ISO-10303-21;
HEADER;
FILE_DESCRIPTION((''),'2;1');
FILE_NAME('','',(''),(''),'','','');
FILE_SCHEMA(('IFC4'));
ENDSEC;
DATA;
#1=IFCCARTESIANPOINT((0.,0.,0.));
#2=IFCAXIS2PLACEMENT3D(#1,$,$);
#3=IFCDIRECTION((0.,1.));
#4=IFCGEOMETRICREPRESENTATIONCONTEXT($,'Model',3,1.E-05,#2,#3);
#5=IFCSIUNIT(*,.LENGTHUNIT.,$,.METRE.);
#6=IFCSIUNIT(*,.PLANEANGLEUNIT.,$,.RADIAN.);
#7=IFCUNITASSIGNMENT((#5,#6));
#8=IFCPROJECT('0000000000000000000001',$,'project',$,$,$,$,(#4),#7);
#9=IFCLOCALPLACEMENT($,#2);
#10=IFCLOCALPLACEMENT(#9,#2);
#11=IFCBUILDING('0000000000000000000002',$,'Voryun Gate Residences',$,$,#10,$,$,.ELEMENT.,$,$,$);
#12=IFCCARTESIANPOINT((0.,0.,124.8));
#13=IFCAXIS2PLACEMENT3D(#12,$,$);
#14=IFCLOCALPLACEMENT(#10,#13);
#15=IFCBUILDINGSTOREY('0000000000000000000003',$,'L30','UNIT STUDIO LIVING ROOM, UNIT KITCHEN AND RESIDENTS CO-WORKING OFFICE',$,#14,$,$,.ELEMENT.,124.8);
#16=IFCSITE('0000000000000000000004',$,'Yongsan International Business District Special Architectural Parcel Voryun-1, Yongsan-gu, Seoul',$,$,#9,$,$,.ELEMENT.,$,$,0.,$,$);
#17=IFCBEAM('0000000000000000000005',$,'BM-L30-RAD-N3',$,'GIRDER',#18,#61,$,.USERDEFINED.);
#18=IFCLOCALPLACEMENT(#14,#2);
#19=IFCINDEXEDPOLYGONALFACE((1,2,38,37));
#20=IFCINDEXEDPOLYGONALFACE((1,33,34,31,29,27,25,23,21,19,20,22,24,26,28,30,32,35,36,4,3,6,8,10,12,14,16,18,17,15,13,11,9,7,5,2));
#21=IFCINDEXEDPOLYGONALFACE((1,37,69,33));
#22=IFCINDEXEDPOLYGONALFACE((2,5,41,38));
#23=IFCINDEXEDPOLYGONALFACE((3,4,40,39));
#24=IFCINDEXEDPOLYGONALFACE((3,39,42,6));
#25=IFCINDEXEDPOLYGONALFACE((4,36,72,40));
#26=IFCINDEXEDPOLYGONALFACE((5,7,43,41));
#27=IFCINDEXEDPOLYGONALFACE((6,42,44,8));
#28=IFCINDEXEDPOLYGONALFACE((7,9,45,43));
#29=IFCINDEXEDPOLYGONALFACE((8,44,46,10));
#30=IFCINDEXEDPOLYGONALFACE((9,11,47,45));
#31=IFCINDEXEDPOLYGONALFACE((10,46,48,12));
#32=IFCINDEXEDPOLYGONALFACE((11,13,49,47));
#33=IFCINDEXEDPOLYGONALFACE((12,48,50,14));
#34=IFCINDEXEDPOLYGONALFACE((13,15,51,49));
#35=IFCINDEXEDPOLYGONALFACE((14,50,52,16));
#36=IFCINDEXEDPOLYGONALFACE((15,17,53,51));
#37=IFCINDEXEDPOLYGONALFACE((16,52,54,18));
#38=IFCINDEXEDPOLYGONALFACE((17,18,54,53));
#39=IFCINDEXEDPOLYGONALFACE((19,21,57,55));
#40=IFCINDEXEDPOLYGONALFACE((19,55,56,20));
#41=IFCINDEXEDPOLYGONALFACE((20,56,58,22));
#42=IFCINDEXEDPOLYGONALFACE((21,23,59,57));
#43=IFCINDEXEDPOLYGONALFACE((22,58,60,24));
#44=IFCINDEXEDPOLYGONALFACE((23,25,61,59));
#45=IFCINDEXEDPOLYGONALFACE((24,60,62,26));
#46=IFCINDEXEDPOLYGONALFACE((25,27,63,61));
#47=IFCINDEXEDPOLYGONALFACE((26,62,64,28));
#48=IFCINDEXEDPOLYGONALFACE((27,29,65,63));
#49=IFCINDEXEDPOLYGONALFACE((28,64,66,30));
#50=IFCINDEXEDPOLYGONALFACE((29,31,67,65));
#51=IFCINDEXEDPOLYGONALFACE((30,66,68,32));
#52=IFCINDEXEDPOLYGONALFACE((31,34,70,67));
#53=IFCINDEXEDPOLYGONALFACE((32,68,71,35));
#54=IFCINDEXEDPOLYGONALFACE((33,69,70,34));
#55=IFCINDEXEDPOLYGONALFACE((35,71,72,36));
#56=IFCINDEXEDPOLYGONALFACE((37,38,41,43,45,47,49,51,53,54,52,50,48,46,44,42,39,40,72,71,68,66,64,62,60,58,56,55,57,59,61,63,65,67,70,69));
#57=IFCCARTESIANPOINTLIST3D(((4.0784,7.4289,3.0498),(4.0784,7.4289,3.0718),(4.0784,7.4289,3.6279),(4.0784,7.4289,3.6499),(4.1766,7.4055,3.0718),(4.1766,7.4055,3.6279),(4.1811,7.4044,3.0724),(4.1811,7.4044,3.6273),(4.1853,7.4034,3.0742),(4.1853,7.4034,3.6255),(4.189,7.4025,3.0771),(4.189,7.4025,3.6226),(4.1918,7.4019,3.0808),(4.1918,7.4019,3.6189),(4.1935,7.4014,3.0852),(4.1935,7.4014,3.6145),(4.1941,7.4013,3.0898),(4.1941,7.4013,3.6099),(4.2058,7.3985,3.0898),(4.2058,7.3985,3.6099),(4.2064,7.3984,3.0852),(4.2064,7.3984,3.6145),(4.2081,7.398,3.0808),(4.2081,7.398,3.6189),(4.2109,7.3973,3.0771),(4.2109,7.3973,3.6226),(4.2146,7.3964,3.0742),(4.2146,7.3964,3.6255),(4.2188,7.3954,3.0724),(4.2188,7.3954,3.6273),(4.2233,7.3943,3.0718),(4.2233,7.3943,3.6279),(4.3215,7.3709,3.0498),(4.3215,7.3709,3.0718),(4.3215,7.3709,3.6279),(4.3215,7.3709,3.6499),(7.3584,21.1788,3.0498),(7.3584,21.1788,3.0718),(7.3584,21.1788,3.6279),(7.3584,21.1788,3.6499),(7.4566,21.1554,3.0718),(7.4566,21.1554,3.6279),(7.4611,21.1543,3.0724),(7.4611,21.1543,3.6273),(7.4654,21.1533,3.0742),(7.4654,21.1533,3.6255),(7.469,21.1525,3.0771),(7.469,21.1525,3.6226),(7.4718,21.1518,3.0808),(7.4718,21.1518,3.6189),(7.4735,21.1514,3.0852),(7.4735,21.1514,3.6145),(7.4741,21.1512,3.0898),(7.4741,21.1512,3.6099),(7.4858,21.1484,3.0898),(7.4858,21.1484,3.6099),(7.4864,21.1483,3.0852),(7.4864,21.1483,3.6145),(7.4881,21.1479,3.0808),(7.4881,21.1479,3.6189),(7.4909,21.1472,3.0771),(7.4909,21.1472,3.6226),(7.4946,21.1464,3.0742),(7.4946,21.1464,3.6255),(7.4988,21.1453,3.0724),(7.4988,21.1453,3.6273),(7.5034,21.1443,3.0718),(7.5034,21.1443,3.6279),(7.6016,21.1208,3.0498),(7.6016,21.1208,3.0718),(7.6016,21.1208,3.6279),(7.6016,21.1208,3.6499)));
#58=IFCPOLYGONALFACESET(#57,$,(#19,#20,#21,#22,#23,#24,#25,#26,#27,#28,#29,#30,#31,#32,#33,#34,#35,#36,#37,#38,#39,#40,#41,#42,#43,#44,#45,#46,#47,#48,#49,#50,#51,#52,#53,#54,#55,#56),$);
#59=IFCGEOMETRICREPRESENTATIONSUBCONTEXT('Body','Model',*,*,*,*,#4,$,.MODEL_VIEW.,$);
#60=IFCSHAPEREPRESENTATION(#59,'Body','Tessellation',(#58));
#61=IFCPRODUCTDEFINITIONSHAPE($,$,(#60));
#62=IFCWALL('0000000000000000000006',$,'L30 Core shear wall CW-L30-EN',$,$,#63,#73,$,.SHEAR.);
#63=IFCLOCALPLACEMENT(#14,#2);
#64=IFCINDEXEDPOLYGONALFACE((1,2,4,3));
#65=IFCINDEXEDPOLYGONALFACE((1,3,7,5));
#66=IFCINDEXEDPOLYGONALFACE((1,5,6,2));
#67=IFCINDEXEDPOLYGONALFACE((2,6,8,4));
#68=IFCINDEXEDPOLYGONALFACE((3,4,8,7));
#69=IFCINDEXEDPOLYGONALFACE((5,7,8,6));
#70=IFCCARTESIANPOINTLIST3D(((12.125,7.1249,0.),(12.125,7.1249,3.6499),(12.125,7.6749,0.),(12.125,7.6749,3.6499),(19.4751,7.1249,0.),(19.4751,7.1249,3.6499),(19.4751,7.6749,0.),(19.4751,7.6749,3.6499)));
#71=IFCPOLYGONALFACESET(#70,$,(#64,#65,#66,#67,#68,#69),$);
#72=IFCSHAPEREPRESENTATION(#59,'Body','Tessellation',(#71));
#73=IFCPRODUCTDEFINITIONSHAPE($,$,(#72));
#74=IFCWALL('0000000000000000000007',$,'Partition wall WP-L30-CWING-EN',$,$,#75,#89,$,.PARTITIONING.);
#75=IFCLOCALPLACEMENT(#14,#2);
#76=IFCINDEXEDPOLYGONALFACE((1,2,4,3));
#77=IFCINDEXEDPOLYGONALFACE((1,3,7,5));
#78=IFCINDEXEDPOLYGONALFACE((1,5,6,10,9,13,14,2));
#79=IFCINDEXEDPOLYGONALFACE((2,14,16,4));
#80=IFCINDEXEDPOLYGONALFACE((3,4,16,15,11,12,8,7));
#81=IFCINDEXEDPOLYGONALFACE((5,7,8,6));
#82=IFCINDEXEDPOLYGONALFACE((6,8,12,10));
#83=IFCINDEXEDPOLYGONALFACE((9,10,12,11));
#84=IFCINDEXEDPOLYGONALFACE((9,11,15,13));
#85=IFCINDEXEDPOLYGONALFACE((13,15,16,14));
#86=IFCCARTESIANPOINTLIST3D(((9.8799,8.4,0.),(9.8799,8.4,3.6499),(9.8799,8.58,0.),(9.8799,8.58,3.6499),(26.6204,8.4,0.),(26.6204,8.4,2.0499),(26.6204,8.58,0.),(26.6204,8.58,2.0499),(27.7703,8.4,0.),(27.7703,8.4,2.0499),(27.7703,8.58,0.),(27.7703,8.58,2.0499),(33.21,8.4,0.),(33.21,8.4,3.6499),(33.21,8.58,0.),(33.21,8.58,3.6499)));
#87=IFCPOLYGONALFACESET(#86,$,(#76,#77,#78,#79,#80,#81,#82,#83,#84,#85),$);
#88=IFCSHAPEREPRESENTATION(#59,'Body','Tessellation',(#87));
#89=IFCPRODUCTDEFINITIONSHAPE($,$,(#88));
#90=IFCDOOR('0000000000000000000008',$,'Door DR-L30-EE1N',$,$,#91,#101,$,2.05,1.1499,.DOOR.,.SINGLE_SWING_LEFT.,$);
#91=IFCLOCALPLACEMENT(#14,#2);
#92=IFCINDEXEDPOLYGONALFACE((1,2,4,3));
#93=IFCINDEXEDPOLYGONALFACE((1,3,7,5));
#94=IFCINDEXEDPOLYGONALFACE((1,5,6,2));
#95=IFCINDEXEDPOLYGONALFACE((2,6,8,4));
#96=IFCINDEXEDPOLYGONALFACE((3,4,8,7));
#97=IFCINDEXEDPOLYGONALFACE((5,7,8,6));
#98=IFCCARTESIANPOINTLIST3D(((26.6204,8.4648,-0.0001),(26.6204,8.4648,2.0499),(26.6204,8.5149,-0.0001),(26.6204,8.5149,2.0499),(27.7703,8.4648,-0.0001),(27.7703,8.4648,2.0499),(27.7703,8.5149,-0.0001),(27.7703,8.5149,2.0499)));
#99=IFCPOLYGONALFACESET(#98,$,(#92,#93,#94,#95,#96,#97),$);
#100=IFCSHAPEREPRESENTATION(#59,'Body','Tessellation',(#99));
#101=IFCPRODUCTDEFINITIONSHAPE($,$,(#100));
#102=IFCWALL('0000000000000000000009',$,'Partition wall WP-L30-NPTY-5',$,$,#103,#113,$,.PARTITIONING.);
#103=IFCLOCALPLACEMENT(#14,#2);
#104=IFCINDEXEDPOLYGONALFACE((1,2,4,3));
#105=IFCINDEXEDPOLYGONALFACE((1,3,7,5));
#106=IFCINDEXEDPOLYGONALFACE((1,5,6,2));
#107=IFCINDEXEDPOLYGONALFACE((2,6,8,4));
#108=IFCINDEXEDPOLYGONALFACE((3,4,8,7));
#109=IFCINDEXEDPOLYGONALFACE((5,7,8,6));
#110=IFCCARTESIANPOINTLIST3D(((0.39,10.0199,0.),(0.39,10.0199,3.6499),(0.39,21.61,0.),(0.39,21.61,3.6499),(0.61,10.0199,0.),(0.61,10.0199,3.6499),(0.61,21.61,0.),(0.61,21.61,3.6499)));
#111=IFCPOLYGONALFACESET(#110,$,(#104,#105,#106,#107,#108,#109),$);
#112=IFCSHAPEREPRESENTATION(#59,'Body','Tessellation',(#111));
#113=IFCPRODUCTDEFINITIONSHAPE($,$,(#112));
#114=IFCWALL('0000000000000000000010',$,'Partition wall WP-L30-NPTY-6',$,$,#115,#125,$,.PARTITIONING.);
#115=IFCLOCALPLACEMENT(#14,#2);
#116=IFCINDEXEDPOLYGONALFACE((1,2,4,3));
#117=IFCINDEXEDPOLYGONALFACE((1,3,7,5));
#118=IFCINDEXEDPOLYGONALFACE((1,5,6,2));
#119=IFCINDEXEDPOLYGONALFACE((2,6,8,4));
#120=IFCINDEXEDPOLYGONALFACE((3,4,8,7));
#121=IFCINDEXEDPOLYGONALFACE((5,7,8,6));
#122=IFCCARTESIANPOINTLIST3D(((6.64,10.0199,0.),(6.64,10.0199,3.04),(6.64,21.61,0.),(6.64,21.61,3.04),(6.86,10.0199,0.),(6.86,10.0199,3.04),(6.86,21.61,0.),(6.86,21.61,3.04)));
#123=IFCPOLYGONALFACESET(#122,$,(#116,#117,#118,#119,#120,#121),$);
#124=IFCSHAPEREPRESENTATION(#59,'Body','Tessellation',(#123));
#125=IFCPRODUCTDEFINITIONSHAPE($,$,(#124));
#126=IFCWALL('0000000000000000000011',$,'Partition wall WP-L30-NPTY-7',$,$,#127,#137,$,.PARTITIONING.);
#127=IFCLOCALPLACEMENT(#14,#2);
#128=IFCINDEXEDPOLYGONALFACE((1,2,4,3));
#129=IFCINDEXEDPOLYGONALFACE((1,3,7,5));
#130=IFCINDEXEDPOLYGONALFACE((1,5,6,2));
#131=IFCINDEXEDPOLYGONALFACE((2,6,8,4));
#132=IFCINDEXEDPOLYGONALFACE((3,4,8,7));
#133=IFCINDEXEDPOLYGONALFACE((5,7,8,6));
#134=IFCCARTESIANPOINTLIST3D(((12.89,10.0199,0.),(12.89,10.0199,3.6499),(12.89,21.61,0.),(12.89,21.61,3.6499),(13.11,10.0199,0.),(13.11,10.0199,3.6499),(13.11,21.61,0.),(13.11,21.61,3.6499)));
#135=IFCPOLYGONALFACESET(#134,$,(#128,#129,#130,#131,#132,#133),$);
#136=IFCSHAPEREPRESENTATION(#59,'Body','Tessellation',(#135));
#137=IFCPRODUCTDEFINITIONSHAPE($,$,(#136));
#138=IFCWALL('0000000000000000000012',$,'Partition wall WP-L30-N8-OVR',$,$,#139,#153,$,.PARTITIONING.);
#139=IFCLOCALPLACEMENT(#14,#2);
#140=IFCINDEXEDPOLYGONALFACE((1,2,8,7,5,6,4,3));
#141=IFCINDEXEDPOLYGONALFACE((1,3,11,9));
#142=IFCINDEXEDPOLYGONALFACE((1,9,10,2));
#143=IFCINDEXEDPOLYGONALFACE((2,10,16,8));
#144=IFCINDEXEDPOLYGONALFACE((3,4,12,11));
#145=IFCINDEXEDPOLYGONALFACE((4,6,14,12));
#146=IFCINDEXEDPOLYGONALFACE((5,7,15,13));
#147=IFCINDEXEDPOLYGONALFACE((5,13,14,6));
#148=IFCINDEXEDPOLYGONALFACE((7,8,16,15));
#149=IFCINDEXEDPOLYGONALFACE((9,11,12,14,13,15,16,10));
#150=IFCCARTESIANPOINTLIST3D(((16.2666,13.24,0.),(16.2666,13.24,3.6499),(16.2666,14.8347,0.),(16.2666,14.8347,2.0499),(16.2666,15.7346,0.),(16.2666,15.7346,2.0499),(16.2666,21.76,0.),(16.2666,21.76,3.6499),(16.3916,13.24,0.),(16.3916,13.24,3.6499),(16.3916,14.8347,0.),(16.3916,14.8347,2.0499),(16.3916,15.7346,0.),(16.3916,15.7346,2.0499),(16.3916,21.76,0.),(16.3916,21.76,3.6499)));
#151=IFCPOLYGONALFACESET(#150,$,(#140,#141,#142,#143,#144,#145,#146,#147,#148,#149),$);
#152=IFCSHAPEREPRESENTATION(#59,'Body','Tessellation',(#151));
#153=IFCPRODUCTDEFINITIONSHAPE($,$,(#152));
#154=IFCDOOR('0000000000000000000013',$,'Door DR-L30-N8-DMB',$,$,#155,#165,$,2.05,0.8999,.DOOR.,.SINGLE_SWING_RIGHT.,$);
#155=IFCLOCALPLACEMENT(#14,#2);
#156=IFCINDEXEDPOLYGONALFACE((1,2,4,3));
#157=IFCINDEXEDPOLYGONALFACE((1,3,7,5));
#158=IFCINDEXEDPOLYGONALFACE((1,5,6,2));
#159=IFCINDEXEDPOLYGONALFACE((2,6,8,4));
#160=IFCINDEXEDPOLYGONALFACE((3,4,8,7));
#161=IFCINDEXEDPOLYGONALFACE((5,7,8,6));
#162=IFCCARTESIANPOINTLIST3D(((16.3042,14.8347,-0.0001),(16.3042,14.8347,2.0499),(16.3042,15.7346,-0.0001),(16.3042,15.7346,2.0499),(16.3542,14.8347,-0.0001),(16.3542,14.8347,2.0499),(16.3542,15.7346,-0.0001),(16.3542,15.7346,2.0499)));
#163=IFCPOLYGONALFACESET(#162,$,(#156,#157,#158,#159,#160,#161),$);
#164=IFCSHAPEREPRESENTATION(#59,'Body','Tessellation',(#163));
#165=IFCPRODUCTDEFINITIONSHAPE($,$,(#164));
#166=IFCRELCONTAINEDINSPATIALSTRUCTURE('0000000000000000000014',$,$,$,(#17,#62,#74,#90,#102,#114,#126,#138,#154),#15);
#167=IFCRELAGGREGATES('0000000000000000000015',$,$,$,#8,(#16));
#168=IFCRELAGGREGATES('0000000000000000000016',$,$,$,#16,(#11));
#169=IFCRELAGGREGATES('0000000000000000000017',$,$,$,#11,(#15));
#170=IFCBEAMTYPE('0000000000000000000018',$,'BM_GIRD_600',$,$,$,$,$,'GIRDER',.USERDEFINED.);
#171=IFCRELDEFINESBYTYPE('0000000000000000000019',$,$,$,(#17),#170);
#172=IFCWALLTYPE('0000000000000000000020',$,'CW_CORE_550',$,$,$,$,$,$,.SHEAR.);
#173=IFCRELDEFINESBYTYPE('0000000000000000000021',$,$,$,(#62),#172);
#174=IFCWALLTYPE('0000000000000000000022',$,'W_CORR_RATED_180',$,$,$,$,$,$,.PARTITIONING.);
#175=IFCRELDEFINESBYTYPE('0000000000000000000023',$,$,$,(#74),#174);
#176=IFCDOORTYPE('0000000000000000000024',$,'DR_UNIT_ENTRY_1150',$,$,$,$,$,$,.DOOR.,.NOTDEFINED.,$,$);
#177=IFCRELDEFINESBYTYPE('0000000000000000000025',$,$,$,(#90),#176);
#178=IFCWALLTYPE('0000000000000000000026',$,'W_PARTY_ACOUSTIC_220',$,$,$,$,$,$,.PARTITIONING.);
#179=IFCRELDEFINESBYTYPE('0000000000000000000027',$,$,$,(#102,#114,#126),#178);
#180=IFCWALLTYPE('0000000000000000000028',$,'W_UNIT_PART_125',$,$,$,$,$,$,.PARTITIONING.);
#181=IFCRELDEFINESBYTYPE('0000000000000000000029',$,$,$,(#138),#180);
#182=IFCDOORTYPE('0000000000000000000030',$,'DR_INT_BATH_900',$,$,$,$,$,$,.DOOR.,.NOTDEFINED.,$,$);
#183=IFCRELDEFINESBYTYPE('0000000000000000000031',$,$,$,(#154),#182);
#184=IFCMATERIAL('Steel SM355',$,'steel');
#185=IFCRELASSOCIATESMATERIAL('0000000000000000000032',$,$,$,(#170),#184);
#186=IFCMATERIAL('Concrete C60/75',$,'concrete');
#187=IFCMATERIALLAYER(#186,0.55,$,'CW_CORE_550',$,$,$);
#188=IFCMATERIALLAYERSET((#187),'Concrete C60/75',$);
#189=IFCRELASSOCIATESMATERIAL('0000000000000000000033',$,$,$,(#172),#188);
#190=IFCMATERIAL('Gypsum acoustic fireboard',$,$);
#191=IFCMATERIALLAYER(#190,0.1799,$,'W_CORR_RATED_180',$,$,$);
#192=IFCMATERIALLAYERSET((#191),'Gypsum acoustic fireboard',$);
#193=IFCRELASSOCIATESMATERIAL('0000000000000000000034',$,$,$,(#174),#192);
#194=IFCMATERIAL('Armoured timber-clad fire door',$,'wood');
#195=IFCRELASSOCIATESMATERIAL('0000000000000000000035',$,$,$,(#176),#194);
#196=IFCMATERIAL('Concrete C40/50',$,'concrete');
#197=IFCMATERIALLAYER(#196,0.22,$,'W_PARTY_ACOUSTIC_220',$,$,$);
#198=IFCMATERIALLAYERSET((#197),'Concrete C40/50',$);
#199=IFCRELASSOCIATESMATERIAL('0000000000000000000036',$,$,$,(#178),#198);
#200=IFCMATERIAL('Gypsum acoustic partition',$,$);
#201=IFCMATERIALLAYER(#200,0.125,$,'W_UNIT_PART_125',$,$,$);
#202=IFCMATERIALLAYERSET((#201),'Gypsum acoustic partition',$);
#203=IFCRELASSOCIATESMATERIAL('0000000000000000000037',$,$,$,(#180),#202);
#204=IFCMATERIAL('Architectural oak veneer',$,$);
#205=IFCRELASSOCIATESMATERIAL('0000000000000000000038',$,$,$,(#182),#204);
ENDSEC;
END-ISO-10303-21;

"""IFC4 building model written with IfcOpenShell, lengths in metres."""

from ifc_helpers import new_model, si_unit, direction, frame, frame_2d, origin, origin_2d, place, context, subcontext, project, spatial, rectangle, i_section, extrude, material, layer, layer_set, material_profile, profile_set, type_object, element, fill, save


model = new_model("IFC4")

# Units and contexts
model_context = context("Model", 3, precision=1e-05, world=origin(), true_north=direction((0.0, 1.0)))
body_context = subcontext(model_context, "Body", "Model", "MODEL_VIEW")
ifc_project = project(units=[si_unit("LENGTHUNIT", "METRE"), si_unit("PLANEANGLEUNIT", "RADIAN")], contexts=[model_context])

# Site, building, storey
site_placement = place(None, origin())
site = spatial("IfcSite", under=ifc_project, at=site_placement, Name="Yongsan International Business District Special Architectural Parcel Voryun-1, Yongsan-gu, Seoul", CompositionType="ELEMENT", RefElevation=0.0)
building_placement = place(site_placement, origin())
building = spatial("IfcBuilding", under=site, at=building_placement, Name="Voryun Gate Residences", CompositionType="ELEMENT")
storey_placement = place(building_placement, frame((0.0, 0.0, 124.8)))
storey = spatial("IfcBuildingStorey", under=building, at=storey_placement, Name="L30", Description="UNIT STUDIO LIVING ROOM, UNIT KITCHEN AND RESIDENTS CO-WORKING OFFICE", CompositionType="ELEMENT", Elevation=124.8)

# Beam
ifc_material_1 = material(Name="Steel SM355", Category="steel")
ifc_material_profile_1 = material_profile(ifc_material_1, i_section(OverallWidth=0.25, OverallDepth=0.6001, WebThickness=0.012, FlangeThickness=0.022, FilletRadius=0.0181, at=origin_2d()), Name="H-600x250x12x22")
ifc_profile_set_1 = profile_set([ifc_material_profile_1], Name="Steel SM355")
beam_type_1 = type_object("IfcBeamType", Name="BM_GIRD_600", ElementType="GIRDER", PredefinedType="USERDEFINED", material=ifc_profile_set_1)
beam_1_placement = place(storey_placement, frame((4.2, 7.3999, 3.3499), z_axis=(0.232037, 0.972707, 0.0), x_axis=(-0.972707, 0.232037, 0.0)))
element("IfcBeam", 1, at=beam_1_placement, inside=storey, type_object=beam_type_1, Name="BM-L30-RAD-N3", ObjectType="GIRDER", PredefinedType="USERDEFINED", context=body_context, shape_type="SweptSolid", body=[
    extrude(i_section(OverallWidth=0.25, OverallDepth=0.6001, WebThickness=0.012, FlangeThickness=0.022, FilletRadius=0.0181, at=origin_2d()), origin(), (0.0, 0.0, 1.0), 14.1357),
])

# Wall
ifc_material_2 = material(Name="Concrete C60/75", Category="concrete")
ifc_layer_1 = layer(ifc_material_2, 0.55, Name="CW_CORE_550")
ifc_layer_set_1 = layer_set([ifc_layer_1], Name="Concrete C60/75")
wall_type_1 = type_object("IfcWallType", Name="CW_CORE_550", PredefinedType="SHEAR", material=ifc_layer_set_1)
wall_1_placement = place(storey_placement, frame((12.125, 7.3999, 0.0), z_axis=(0.0, 0.0, 1.0), x_axis=(1.0, 0.0, 0.0)))
element("IfcWall", 2, at=wall_1_placement, inside=storey, type_object=wall_type_1, Name="L30 Core shear wall CW-L30-EN", PredefinedType="SHEAR", context=body_context, shape_type="SweptSolid", body=[
    extrude(rectangle(XDim=7.3501, YDim=0.55, at=frame_2d((3.675, 0.0))), origin(), (0.0, 0.0, 1.0), 3.6499),
])

# Wall, opening, door
ifc_material_3 = material(Name="Gypsum acoustic fireboard")
ifc_layer_2 = layer(ifc_material_3, 0.1799, Name="W_CORR_RATED_180")
ifc_layer_set_2 = layer_set([ifc_layer_2], Name="Gypsum acoustic fireboard")
wall_type_2 = type_object("IfcWallType", Name="W_CORR_RATED_180", PredefinedType="PARTITIONING", material=ifc_layer_set_2)
wall_2_placement = place(storey_placement, frame((9.8799, 8.49, 0.0), z_axis=(0.0, 0.0, 1.0), x_axis=(1.0, 0.0, 0.0)))
wall_2 = element("IfcWall", 3, at=wall_2_placement, inside=storey, type_object=wall_type_2, Name="Partition wall WP-L30-CWING-EN", PredefinedType="PARTITIONING", context=body_context, shape_type="SweptSolid", body=[
    extrude(rectangle(XDim=23.3301, YDim=0.1799, at=frame_2d((11.665, 0.0))), origin(), (0.0, 0.0, 1.0), 3.6499),
])
opening_1_placement = place(wall_2_placement, frame((16.7405, 0.0, 0.0)))
opening_1 = element("IfcOpeningElement", 4, at=opening_1_placement, cuts=wall_2, PredefinedType="OPENING", context=body_context, shape_type="SweptSolid", body=[
    extrude(rectangle(XDim=1.1499, YDim=2.05, at=frame_2d((0.575, 1.0249))), frame((0.0, 0.0999, 0.0), z_axis=(0.0, -1.0, 0.0), x_axis=(1.0, 0.0, 0.0)), (0.0, 0.0, 1.0), 0.2),
])
ifc_material_4 = material(Name="Armoured timber-clad fire door", Category="wood")
door_type_1 = type_object("IfcDoorType", Name="DR_UNIT_ENTRY_1150", OperationType="NOTDEFINED", PredefinedType="DOOR", material=ifc_material_4)
door_1_placement = place(opening_1_placement, origin())
door_1 = element("IfcDoor", 5, at=door_1_placement, inside=storey, type_object=door_type_1, Name="Door DR-L30-EE1N", OperationType="SINGLE_SWING_LEFT", OverallHeight=2.05, OverallWidth=1.1499, PredefinedType="DOOR", context=body_context, shape_type="SweptSolid", body=[
    extrude(rectangle(XDim=1.1499, YDim=2.05, at=frame_2d((0.575, 1.0249))), frame((0.0, 0.0249, 0.0), z_axis=(0.0, -1.0, 0.0), x_axis=(1.0, 0.0, 0.0)), (0.0, 0.0, 1.0), 0.05),
])
fill(opening_1, door_1)

# Walls
ifc_material_5 = material(Name="Concrete C40/50", Category="concrete")
ifc_layer_3 = layer(ifc_material_5, 0.22, Name="W_PARTY_ACOUSTIC_220")
ifc_layer_set_3 = layer_set([ifc_layer_3], Name="Concrete C40/50")
wall_type_3 = type_object("IfcWallType", Name="W_PARTY_ACOUSTIC_220", PredefinedType="PARTITIONING", material=ifc_layer_set_3)
wall_3_placement = place(storey_placement, frame((0.5, 10.02, 0.0), z_axis=(0.0, 0.0, 1.0), x_axis=(0.0, 1.0, 0.0)))
element("IfcWall", 6, at=wall_3_placement, inside=storey, type_object=wall_type_3, Name="Partition wall WP-L30-NPTY-5", PredefinedType="PARTITIONING", context=body_context, shape_type="SweptSolid", body=[
    extrude(rectangle(XDim=11.5901, YDim=0.22, at=frame_2d((5.7949, 0.0))), origin(), (0.0, 0.0, 1.0), 3.6499),
])
wall_4_placement = place(storey_placement, frame((6.75, 10.02, 0.0), z_axis=(0.0, 0.0, 1.0), x_axis=(0.0, 1.0, 0.0)))
element("IfcWall", 7, at=wall_4_placement, inside=storey, type_object=wall_type_3, Name="Partition wall WP-L30-NPTY-6", PredefinedType="PARTITIONING", context=body_context, shape_type="SweptSolid", body=[
    extrude(rectangle(XDim=11.5901, YDim=0.22, at=frame_2d((5.7949, 0.0))), origin(), (0.0, 0.0, 1.0), 3.04),
])
wall_5_placement = place(storey_placement, frame((13.0, 10.02, 0.0), z_axis=(0.0, 0.0, 1.0), x_axis=(0.0, 1.0, 0.0)))
element("IfcWall", 8, at=wall_5_placement, inside=storey, type_object=wall_type_3, Name="Partition wall WP-L30-NPTY-7", PredefinedType="PARTITIONING", context=body_context, shape_type="SweptSolid", body=[
    extrude(rectangle(XDim=11.5901, YDim=0.22, at=frame_2d((5.7949, 0.0))), origin(), (0.0, 0.0, 1.0), 3.6499),
])

# Wall, opening, door
ifc_material_6 = material(Name="Gypsum acoustic partition")
ifc_layer_4 = layer(ifc_material_6, 0.125, Name="W_UNIT_PART_125")
ifc_layer_set_4 = layer_set([ifc_layer_4], Name="Gypsum acoustic partition")
wall_type_4 = type_object("IfcWallType", Name="W_UNIT_PART_125", PredefinedType="PARTITIONING", material=ifc_layer_set_4)
wall_6_placement = place(storey_placement, frame((16.3291, 13.24, 0.0), z_axis=(0.0, 0.0, 1.0), x_axis=(0.0, 1.0, 0.0)))
wall_6 = element("IfcWall", 9, at=wall_6_placement, inside=storey, type_object=wall_type_4, Name="Partition wall WP-L30-N8-OVR", PredefinedType="PARTITIONING", context=body_context, shape_type="SweptSolid", body=[
    extrude(rectangle(XDim=8.52, YDim=0.125, at=frame_2d((4.26, 0.0))), origin(), (0.0, 0.0, 1.0), 3.6499),
])
opening_2_placement = place(wall_6_placement, frame((1.5947, 0.0, 0.0)))
opening_2 = element("IfcOpeningElement", 10, at=opening_2_placement, cuts=wall_6, PredefinedType="OPENING", context=body_context, shape_type="SweptSolid", body=[
    extrude(rectangle(XDim=0.8999, YDim=2.05, at=frame_2d((0.45, 1.0249))), frame((0.0, 0.0725, 0.0), z_axis=(0.0, -1.0, 0.0), x_axis=(1.0, 0.0, 0.0)), (0.0, 0.0, 1.0), 0.145),
])
ifc_material_7 = material(Name="Architectural oak veneer")
door_type_2 = type_object("IfcDoorType", Name="DR_INT_BATH_900", OperationType="NOTDEFINED", PredefinedType="DOOR", material=ifc_material_7)
door_2_placement = place(opening_2_placement, origin())
door_2 = element("IfcDoor", 11, at=door_2_placement, inside=storey, type_object=door_type_2, Name="Door DR-L30-N8-DMB", OperationType="SINGLE_SWING_RIGHT", OverallHeight=2.05, OverallWidth=0.8999, PredefinedType="DOOR", context=body_context, shape_type="SweptSolid", body=[
    extrude(rectangle(XDim=0.8999, YDim=2.05, at=frame_2d((0.45, 1.0249))), frame((0.0, 0.0249, 0.0), z_axis=(0.0, -1.0, 0.0), x_axis=(1.0, 0.0, 0.0)), (0.0, 0.0, 1.0), 0.05),
])
fill(opening_2, door_2)

save(model, "model.ifc")
